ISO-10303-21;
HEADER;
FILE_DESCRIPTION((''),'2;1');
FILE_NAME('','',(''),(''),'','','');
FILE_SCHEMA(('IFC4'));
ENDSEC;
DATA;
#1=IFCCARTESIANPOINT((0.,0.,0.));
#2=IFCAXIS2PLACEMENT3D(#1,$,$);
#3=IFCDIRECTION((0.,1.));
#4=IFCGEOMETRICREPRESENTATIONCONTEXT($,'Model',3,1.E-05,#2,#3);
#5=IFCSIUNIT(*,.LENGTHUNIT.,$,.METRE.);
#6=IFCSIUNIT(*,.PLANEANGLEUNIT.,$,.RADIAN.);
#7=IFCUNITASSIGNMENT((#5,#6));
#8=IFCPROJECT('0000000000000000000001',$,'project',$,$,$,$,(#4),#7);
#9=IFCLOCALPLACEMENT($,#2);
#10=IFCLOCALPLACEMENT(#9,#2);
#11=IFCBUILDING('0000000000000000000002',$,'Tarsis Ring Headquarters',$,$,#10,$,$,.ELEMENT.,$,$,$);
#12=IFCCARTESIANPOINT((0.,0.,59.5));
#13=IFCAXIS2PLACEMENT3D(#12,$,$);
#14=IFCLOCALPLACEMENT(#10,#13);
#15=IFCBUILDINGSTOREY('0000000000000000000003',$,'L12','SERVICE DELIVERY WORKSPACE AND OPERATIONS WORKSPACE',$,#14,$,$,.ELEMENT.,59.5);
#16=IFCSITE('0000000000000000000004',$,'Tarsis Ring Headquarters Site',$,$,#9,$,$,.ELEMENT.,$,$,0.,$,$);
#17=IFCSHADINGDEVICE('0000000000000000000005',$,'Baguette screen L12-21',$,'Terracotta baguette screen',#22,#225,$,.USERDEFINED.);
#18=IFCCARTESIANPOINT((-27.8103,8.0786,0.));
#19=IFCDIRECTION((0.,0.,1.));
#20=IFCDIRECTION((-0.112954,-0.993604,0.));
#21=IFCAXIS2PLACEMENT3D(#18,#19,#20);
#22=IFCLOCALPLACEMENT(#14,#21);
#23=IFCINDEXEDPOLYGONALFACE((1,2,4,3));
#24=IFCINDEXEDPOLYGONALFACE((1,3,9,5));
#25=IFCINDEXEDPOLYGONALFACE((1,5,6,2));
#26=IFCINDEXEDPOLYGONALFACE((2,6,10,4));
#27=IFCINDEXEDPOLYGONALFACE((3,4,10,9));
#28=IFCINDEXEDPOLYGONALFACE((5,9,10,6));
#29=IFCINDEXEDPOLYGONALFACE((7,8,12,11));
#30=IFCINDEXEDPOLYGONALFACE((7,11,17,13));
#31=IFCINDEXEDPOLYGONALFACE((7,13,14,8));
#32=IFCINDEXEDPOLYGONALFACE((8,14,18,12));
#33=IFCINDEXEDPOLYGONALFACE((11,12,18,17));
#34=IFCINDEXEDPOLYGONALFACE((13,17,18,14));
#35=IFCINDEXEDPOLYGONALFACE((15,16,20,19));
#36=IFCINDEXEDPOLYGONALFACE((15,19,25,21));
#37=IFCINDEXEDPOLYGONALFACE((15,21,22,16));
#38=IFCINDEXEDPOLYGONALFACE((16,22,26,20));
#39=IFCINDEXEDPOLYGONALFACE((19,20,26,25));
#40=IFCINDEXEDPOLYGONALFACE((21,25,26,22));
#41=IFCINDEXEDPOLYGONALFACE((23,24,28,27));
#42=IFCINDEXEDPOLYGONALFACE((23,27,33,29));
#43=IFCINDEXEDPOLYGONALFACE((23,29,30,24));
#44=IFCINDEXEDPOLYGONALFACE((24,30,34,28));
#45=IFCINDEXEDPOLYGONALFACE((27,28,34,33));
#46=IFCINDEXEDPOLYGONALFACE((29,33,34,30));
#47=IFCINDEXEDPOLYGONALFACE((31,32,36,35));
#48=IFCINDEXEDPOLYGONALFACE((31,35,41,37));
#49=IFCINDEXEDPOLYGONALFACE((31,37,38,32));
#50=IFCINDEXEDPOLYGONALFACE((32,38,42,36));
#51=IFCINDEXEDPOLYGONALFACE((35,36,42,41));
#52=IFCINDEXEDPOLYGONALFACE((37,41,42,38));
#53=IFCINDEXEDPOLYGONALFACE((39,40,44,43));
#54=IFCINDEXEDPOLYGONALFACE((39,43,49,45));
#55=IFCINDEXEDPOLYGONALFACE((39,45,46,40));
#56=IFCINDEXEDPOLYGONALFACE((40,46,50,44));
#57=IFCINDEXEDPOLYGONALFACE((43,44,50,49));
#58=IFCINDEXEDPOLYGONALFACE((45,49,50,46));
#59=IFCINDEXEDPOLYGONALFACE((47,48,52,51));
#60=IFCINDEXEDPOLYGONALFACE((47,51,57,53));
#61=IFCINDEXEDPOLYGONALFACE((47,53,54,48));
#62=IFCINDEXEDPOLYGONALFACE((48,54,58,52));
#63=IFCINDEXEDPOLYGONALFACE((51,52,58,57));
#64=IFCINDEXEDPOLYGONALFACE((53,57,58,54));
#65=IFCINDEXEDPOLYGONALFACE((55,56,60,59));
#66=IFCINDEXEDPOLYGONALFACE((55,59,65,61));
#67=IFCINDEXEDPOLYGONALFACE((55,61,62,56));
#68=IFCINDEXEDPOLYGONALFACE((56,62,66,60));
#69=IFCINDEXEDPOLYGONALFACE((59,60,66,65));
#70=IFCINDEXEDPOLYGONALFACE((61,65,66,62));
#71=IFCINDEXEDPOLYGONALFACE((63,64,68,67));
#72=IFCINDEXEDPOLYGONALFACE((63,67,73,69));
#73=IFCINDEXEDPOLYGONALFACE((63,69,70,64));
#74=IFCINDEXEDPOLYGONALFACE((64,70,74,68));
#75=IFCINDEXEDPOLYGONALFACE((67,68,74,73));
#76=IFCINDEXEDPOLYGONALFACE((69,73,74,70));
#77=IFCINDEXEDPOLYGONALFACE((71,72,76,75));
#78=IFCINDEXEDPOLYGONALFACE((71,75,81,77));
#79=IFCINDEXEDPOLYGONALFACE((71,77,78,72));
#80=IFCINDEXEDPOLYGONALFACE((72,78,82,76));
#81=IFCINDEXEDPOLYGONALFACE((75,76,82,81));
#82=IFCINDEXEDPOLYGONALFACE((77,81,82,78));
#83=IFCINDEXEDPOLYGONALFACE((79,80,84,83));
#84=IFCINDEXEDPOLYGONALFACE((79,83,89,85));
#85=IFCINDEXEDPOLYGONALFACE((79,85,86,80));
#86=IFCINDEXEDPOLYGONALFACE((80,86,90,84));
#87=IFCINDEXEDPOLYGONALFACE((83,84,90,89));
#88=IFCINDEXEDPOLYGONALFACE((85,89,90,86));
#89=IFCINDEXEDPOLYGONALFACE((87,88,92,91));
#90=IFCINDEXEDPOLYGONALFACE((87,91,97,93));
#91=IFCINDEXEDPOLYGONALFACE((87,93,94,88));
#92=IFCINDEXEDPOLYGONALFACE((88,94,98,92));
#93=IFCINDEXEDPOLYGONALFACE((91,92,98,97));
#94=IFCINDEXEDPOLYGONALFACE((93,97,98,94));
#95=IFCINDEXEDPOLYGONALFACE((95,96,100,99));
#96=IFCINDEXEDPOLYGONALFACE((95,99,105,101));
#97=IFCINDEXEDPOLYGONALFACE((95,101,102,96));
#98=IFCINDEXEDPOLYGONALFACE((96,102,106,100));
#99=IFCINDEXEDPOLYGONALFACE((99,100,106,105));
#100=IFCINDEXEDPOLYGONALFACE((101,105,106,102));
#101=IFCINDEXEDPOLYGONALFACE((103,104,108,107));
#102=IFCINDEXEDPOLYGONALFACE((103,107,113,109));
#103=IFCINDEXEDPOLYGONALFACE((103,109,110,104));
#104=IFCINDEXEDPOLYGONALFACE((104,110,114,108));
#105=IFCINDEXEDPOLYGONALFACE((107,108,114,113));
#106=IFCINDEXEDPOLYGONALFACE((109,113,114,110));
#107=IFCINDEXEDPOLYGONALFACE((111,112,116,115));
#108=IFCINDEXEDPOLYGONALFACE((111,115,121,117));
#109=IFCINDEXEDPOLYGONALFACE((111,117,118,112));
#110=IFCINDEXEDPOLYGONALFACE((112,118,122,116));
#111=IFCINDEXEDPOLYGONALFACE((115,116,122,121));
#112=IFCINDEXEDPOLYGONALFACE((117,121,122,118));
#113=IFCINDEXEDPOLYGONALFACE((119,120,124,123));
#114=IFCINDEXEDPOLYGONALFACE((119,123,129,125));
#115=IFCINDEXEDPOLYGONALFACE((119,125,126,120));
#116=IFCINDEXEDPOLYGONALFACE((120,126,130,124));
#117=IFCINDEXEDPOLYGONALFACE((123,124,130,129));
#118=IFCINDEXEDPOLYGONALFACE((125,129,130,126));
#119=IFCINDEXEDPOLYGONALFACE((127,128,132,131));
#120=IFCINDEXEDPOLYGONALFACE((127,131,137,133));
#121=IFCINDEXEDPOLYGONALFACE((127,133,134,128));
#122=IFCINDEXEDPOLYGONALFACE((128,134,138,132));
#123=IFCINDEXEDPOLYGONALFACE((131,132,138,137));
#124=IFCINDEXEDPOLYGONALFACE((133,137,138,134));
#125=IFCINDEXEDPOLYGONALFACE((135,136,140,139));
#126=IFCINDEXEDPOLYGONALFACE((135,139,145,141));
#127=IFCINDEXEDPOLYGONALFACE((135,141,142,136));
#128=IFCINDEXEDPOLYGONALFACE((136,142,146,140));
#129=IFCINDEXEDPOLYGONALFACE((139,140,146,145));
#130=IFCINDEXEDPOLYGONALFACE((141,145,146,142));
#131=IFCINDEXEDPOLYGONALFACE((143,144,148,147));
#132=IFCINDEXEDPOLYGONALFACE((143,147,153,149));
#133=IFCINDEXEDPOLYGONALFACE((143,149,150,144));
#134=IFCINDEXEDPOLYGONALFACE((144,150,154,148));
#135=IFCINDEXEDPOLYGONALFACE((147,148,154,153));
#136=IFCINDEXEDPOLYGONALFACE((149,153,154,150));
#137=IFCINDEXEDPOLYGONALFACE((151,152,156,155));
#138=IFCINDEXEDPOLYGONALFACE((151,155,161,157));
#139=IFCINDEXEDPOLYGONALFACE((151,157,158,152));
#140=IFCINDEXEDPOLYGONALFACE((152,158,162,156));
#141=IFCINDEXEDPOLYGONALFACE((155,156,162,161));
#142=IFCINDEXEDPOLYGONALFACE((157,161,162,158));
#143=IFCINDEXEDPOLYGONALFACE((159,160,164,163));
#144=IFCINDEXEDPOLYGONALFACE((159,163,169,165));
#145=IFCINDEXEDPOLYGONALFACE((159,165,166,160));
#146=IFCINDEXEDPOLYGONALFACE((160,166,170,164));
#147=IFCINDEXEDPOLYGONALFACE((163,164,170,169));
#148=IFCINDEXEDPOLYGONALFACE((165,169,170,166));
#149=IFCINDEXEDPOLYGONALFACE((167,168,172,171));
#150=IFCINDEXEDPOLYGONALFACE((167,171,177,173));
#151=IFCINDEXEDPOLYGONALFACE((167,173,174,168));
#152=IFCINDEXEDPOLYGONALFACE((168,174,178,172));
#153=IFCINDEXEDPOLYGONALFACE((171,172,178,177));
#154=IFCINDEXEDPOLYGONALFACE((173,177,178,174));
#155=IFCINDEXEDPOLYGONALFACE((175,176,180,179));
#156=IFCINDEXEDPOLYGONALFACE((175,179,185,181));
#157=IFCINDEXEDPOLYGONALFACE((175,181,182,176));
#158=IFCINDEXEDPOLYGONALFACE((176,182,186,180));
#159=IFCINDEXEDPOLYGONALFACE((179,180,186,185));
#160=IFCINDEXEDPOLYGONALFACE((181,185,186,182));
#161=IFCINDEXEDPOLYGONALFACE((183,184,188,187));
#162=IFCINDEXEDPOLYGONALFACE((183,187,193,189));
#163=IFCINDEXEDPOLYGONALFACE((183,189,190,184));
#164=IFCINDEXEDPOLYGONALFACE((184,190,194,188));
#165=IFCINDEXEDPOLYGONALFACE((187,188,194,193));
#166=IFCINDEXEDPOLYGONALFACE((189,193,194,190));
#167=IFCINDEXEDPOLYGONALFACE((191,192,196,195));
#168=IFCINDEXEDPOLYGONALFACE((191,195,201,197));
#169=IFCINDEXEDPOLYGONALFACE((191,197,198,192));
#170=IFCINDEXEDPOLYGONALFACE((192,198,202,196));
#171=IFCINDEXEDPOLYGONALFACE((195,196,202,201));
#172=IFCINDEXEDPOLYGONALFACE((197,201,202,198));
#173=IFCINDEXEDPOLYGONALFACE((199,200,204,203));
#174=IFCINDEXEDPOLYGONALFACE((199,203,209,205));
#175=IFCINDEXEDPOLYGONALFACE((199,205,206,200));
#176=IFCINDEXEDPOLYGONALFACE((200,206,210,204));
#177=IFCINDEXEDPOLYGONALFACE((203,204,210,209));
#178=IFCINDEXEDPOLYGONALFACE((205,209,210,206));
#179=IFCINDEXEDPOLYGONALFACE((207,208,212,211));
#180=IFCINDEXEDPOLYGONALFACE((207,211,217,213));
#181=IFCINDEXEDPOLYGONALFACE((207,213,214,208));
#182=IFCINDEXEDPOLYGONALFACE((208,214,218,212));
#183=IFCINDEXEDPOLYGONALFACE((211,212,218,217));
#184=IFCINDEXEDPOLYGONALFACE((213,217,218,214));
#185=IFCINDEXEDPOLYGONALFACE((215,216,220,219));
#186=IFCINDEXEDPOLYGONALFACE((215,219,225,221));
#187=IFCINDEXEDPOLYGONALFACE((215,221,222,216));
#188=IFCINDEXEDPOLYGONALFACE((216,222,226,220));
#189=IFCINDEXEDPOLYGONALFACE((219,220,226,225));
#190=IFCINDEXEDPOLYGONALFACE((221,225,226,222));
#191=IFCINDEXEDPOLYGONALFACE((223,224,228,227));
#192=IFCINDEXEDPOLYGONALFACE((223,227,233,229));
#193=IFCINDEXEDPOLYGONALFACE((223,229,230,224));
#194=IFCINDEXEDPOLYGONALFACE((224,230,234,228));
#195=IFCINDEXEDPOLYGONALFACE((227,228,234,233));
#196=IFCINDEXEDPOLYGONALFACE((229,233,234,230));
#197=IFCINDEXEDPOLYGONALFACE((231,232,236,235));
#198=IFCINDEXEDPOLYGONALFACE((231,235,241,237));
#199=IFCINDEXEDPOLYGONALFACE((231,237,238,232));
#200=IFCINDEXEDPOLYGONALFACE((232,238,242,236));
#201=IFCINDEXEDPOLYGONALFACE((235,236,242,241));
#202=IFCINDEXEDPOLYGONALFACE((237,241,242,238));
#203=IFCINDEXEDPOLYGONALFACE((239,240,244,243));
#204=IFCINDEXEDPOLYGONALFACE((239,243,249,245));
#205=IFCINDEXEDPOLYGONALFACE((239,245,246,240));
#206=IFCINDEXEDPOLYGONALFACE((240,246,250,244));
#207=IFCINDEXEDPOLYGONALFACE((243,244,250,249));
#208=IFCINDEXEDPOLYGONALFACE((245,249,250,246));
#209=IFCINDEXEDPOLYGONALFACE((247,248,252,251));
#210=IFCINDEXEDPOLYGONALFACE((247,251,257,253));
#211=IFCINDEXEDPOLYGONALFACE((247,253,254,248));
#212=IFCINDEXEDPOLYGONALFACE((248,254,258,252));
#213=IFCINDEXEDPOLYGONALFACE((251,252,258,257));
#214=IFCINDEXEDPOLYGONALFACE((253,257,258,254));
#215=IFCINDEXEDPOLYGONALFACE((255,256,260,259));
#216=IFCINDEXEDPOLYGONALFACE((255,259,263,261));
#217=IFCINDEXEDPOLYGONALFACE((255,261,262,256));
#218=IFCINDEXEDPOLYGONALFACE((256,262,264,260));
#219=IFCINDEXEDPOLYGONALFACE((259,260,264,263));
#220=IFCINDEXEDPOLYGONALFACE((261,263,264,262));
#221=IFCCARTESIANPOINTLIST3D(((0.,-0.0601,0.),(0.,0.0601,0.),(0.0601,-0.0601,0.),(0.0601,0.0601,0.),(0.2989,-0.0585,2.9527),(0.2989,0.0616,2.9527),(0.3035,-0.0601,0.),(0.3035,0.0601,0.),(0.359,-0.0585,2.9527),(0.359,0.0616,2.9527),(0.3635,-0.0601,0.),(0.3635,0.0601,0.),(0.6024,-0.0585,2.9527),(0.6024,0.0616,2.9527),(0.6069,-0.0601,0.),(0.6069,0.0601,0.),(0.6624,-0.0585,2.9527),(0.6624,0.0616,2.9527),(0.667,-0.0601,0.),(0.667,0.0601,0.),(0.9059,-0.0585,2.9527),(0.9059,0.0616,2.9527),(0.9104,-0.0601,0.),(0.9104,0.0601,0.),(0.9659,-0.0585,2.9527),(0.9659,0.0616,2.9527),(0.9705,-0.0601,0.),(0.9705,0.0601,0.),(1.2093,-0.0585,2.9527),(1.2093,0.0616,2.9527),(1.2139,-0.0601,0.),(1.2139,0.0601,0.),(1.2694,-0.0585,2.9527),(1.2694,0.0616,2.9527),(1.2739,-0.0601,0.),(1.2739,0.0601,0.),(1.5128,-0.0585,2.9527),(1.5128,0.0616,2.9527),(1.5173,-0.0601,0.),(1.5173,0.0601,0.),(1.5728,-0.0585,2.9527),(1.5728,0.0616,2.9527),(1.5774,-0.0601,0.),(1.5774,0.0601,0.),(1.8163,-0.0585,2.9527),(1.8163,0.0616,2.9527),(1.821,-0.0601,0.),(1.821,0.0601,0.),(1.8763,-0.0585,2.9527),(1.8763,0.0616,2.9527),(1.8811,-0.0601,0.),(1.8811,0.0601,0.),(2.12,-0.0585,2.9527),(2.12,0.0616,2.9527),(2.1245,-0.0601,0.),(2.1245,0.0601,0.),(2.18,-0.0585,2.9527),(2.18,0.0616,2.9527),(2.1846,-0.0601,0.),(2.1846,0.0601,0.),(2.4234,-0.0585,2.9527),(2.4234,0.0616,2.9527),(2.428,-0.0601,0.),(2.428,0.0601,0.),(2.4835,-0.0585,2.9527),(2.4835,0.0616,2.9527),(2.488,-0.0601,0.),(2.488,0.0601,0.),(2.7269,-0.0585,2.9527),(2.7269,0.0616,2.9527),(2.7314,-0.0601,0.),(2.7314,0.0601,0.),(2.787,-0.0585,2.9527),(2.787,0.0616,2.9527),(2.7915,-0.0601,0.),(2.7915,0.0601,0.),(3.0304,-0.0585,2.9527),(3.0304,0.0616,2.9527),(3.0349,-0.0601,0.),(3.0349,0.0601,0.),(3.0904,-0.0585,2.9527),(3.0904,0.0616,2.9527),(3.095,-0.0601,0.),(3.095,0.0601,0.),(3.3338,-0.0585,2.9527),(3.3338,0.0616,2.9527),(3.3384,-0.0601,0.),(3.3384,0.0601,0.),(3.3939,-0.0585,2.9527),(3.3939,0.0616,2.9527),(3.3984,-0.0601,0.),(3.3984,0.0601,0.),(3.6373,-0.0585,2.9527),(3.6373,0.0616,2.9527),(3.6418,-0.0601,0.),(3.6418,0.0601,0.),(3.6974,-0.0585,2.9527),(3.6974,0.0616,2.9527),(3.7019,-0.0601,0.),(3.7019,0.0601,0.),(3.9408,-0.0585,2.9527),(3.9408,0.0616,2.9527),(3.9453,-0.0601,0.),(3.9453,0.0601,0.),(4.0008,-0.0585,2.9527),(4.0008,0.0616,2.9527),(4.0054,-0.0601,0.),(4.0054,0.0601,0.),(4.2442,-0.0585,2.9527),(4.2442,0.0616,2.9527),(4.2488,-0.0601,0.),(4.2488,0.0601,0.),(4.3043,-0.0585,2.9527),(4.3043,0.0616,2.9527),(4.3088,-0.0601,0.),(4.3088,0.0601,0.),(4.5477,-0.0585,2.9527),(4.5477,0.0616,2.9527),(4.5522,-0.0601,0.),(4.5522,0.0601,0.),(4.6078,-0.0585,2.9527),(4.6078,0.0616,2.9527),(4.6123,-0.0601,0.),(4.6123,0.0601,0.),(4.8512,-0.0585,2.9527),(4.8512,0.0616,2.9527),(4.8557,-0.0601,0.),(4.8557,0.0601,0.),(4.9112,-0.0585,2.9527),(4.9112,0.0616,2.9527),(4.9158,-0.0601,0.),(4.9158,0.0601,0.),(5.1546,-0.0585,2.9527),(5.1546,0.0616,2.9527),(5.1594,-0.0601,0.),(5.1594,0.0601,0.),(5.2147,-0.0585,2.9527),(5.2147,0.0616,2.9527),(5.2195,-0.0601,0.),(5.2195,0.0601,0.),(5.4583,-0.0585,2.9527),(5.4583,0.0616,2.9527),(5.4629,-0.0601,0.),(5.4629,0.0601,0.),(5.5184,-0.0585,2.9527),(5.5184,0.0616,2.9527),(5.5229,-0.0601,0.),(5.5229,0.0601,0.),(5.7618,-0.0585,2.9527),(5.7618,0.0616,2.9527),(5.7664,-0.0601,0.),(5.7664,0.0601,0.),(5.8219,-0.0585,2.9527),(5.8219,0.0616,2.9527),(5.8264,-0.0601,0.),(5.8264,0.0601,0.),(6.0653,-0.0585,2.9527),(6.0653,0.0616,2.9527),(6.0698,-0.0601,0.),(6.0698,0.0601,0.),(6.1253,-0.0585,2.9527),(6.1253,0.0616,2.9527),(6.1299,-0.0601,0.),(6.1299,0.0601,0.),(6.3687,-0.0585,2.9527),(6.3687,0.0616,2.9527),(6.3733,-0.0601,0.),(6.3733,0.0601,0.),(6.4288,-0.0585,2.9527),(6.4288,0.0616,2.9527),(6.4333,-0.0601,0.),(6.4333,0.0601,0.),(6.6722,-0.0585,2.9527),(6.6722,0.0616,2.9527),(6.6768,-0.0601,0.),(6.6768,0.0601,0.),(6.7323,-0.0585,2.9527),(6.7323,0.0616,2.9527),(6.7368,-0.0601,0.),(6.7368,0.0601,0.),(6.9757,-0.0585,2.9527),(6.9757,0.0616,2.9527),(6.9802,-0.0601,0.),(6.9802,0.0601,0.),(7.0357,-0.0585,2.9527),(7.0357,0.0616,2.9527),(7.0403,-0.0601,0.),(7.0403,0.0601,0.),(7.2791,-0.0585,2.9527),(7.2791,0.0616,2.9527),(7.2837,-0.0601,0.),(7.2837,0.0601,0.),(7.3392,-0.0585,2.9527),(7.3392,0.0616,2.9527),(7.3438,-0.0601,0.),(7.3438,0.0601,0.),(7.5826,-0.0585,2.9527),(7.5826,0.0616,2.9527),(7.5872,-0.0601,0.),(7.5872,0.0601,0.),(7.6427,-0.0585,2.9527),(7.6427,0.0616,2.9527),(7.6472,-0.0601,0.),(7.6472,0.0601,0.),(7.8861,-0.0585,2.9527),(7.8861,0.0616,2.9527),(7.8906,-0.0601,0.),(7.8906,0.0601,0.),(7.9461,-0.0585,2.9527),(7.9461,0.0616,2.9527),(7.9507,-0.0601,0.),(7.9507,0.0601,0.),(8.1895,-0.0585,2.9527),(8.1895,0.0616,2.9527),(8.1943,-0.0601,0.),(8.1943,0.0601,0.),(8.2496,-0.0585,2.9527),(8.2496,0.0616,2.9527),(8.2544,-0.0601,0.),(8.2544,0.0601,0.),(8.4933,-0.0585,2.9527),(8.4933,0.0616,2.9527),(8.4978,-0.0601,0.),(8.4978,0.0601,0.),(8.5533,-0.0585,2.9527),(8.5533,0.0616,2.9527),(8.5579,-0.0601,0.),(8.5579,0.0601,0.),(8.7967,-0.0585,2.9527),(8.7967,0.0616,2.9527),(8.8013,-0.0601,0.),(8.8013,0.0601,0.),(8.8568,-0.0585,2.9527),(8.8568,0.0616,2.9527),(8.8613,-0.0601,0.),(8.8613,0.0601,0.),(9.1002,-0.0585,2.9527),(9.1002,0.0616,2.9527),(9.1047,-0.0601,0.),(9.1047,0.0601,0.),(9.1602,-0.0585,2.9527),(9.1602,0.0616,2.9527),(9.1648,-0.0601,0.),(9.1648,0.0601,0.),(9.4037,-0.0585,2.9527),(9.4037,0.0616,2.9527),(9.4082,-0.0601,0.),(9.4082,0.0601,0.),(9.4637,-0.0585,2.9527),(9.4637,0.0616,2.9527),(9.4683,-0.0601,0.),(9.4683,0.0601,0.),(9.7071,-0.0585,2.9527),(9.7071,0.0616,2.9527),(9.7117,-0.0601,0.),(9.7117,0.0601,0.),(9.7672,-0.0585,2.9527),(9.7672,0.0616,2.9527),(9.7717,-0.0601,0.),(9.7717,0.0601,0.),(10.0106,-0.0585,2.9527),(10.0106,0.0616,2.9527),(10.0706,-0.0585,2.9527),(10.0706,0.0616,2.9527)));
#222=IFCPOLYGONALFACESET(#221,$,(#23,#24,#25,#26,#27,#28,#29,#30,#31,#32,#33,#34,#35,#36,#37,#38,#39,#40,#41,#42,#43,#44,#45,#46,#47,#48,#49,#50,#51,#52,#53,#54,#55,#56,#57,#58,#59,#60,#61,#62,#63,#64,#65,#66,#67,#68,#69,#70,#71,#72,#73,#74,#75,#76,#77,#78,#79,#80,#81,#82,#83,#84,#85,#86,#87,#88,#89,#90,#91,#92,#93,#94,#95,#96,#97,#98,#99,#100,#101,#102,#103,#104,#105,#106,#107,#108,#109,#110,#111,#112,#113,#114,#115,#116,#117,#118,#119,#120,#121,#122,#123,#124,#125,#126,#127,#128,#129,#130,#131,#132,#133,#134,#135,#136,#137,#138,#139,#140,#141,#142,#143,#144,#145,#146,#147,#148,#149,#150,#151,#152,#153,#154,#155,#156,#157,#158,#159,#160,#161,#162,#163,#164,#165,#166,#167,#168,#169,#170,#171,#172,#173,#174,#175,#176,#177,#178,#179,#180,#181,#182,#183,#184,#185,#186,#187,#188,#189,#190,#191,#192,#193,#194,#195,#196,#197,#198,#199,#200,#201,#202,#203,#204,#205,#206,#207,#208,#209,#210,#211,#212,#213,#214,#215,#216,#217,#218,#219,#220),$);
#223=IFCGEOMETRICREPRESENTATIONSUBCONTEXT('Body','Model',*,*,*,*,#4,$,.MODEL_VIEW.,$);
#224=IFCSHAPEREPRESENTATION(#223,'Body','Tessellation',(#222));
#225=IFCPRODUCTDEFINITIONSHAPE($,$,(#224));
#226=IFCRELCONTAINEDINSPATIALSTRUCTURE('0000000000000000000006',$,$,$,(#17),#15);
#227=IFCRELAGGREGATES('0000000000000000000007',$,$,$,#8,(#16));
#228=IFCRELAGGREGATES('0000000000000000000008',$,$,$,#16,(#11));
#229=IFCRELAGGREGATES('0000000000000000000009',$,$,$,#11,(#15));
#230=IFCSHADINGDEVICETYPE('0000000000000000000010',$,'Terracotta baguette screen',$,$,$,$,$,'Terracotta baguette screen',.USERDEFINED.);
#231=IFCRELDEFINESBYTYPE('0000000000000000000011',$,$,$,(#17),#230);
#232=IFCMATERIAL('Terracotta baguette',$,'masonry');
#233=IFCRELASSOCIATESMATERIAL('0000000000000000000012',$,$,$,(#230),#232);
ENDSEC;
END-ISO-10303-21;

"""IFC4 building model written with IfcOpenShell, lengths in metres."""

from ifc_helpers import new_model, si_unit, direction, frame, frame_2d, origin, place, context, subcontext, project, spatial, rectangle, composite_profile, extrude, material, type_object, element, save


model = new_model("IFC4")

# Units and contexts
model_context = context("Model", 3, precision=1e-05, world=origin(), true_north=direction((0.0, 1.0)))
body_context = subcontext(model_context, "Body", "Model", "MODEL_VIEW")
ifc_project = project(units=[si_unit("LENGTHUNIT", "METRE"), si_unit("PLANEANGLEUNIT", "RADIAN")], contexts=[model_context])

# Site, building, storey
site_placement = place(None, origin())
site = spatial("IfcSite", under=ifc_project, at=site_placement, Name="Tarsis Ring Headquarters Site", CompositionType="ELEMENT", RefElevation=0.0)
building_placement = place(site_placement, origin())
building = spatial("IfcBuilding", under=site, at=building_placement, Name="Tarsis Ring Headquarters", CompositionType="ELEMENT")
storey_placement = place(building_placement, frame((0.0, 0.0, 59.5)))
storey = spatial("IfcBuildingStorey", under=building, at=storey_placement, Name="L12", Description="SERVICE DELIVERY WORKSPACE AND OPERATIONS WORKSPACE", CompositionType="ELEMENT", Elevation=59.5)

# Shading device
ifc_material_1 = material(Name="Terracotta baguette", Category="masonry")
shading_device_type = type_object("IfcShadingDeviceType", Name="Terracotta baguette screen", ElementType="Terracotta baguette screen", PredefinedType="USERDEFINED", material=ifc_material_1)
shading_device_placement = place(storey_placement, frame((-27.8103, 8.0786, 0.0), z_axis=(0.0, 0.0, 1.0), x_axis=(-0.112954, -0.993604, 0.0)))
element("IfcShadingDevice", 1, at=shading_device_placement, inside=storey, type_object=shading_device_type, Name="Baguette screen L12-21", ObjectType="Terracotta baguette screen", PredefinedType="USERDEFINED", context=body_context, shape_type="SweptSolid", body=[
    extrude(composite_profile([rectangle(XDim=0.0601, YDim=0.1201, at=frame_2d((0.03, 0.0))), rectangle(XDim=0.0601, YDim=0.1201, at=frame_2d((0.3335, 0.0))), rectangle(XDim=0.0601, YDim=0.1201, at=frame_2d((0.637, 0.0))), rectangle(XDim=0.0601, YDim=0.1201, at=frame_2d((0.9404, 0.0))), rectangle(XDim=0.0601, YDim=0.1201, at=frame_2d((1.2439, 0.0))), rectangle(XDim=0.0601, YDim=0.1201, at=frame_2d((1.5474, 0.0))), rectangle(XDim=0.0601, YDim=0.1201, at=frame_2d((1.8511, 0.0))), rectangle(XDim=0.0601, YDim=0.1201, at=frame_2d((2.1545, 0.0))), rectangle(XDim=0.0601, YDim=0.1201, at=frame_2d((2.458, 0.0))), rectangle(XDim=0.0601, YDim=0.1201, at=frame_2d((2.7615, 0.0))), rectangle(XDim=0.0601, YDim=0.1201, at=frame_2d((3.0649, 0.0))), rectangle(XDim=0.0601, YDim=0.1201, at=frame_2d((3.3684, 0.0))), rectangle(XDim=0.0601, YDim=0.1201, at=frame_2d((3.6719, 0.0))), rectangle(XDim=0.0601, YDim=0.1201, at=frame_2d((3.9753, 0.0))), rectangle(XDim=0.0601, YDim=0.1201, at=frame_2d((4.2788, 0.0))), rectangle(XDim=0.0601, YDim=0.1201, at=frame_2d((4.5823, 0.0))), rectangle(XDim=0.0601, YDim=0.1201, at=frame_2d((4.8857, 0.0))), rectangle(XDim=0.0601, YDim=0.1201, at=frame_2d((5.1895, 0.0))), rectangle(XDim=0.0601, YDim=0.1201, at=frame_2d((5.4929, 0.0))), rectangle(XDim=0.0601, YDim=0.1201, at=frame_2d((5.7964, 0.0))), rectangle(XDim=0.0601, YDim=0.1201, at=frame_2d((6.0999, 0.0))), rectangle(XDim=0.0601, YDim=0.1201, at=frame_2d((6.4033, 0.0))), rectangle(XDim=0.0601, YDim=0.1201, at=frame_2d((6.7068, 0.0))), rectangle(XDim=0.0601, YDim=0.1201, at=frame_2d((7.0103, 0.0))), rectangle(XDim=0.0601, YDim=0.1201, at=frame_2d((7.3137, 0.0))), rectangle(XDim=0.0601, YDim=0.1201, at=frame_2d((7.6172, 0.0))), rectangle(XDim=0.0601, YDim=0.1201, at=frame_2d((7.9207, 0.0))), rectangle(XDim=0.0601, YDim=0.1201, at=frame_2d((8.2244, 0.0))), rectangle(XDim=0.0601, YDim=0.1201, at=frame_2d((8.5278, 0.0))), rectangle(XDim=0.0601, YDim=0.1201, at=frame_2d((8.8313, 0.0))), rectangle(XDim=0.0601, YDim=0.1201, at=frame_2d((9.1348, 0.0))), rectangle(XDim=0.0601, YDim=0.1201, at=frame_2d((9.4382, 0.0))), rectangle(XDim=0.0601, YDim=0.1201, at=frame_2d((9.7417, 0.0)))]), origin(), (0.100722, 0.000529, 0.994914), 2.9678),
])

save(model, "model.ifc")
